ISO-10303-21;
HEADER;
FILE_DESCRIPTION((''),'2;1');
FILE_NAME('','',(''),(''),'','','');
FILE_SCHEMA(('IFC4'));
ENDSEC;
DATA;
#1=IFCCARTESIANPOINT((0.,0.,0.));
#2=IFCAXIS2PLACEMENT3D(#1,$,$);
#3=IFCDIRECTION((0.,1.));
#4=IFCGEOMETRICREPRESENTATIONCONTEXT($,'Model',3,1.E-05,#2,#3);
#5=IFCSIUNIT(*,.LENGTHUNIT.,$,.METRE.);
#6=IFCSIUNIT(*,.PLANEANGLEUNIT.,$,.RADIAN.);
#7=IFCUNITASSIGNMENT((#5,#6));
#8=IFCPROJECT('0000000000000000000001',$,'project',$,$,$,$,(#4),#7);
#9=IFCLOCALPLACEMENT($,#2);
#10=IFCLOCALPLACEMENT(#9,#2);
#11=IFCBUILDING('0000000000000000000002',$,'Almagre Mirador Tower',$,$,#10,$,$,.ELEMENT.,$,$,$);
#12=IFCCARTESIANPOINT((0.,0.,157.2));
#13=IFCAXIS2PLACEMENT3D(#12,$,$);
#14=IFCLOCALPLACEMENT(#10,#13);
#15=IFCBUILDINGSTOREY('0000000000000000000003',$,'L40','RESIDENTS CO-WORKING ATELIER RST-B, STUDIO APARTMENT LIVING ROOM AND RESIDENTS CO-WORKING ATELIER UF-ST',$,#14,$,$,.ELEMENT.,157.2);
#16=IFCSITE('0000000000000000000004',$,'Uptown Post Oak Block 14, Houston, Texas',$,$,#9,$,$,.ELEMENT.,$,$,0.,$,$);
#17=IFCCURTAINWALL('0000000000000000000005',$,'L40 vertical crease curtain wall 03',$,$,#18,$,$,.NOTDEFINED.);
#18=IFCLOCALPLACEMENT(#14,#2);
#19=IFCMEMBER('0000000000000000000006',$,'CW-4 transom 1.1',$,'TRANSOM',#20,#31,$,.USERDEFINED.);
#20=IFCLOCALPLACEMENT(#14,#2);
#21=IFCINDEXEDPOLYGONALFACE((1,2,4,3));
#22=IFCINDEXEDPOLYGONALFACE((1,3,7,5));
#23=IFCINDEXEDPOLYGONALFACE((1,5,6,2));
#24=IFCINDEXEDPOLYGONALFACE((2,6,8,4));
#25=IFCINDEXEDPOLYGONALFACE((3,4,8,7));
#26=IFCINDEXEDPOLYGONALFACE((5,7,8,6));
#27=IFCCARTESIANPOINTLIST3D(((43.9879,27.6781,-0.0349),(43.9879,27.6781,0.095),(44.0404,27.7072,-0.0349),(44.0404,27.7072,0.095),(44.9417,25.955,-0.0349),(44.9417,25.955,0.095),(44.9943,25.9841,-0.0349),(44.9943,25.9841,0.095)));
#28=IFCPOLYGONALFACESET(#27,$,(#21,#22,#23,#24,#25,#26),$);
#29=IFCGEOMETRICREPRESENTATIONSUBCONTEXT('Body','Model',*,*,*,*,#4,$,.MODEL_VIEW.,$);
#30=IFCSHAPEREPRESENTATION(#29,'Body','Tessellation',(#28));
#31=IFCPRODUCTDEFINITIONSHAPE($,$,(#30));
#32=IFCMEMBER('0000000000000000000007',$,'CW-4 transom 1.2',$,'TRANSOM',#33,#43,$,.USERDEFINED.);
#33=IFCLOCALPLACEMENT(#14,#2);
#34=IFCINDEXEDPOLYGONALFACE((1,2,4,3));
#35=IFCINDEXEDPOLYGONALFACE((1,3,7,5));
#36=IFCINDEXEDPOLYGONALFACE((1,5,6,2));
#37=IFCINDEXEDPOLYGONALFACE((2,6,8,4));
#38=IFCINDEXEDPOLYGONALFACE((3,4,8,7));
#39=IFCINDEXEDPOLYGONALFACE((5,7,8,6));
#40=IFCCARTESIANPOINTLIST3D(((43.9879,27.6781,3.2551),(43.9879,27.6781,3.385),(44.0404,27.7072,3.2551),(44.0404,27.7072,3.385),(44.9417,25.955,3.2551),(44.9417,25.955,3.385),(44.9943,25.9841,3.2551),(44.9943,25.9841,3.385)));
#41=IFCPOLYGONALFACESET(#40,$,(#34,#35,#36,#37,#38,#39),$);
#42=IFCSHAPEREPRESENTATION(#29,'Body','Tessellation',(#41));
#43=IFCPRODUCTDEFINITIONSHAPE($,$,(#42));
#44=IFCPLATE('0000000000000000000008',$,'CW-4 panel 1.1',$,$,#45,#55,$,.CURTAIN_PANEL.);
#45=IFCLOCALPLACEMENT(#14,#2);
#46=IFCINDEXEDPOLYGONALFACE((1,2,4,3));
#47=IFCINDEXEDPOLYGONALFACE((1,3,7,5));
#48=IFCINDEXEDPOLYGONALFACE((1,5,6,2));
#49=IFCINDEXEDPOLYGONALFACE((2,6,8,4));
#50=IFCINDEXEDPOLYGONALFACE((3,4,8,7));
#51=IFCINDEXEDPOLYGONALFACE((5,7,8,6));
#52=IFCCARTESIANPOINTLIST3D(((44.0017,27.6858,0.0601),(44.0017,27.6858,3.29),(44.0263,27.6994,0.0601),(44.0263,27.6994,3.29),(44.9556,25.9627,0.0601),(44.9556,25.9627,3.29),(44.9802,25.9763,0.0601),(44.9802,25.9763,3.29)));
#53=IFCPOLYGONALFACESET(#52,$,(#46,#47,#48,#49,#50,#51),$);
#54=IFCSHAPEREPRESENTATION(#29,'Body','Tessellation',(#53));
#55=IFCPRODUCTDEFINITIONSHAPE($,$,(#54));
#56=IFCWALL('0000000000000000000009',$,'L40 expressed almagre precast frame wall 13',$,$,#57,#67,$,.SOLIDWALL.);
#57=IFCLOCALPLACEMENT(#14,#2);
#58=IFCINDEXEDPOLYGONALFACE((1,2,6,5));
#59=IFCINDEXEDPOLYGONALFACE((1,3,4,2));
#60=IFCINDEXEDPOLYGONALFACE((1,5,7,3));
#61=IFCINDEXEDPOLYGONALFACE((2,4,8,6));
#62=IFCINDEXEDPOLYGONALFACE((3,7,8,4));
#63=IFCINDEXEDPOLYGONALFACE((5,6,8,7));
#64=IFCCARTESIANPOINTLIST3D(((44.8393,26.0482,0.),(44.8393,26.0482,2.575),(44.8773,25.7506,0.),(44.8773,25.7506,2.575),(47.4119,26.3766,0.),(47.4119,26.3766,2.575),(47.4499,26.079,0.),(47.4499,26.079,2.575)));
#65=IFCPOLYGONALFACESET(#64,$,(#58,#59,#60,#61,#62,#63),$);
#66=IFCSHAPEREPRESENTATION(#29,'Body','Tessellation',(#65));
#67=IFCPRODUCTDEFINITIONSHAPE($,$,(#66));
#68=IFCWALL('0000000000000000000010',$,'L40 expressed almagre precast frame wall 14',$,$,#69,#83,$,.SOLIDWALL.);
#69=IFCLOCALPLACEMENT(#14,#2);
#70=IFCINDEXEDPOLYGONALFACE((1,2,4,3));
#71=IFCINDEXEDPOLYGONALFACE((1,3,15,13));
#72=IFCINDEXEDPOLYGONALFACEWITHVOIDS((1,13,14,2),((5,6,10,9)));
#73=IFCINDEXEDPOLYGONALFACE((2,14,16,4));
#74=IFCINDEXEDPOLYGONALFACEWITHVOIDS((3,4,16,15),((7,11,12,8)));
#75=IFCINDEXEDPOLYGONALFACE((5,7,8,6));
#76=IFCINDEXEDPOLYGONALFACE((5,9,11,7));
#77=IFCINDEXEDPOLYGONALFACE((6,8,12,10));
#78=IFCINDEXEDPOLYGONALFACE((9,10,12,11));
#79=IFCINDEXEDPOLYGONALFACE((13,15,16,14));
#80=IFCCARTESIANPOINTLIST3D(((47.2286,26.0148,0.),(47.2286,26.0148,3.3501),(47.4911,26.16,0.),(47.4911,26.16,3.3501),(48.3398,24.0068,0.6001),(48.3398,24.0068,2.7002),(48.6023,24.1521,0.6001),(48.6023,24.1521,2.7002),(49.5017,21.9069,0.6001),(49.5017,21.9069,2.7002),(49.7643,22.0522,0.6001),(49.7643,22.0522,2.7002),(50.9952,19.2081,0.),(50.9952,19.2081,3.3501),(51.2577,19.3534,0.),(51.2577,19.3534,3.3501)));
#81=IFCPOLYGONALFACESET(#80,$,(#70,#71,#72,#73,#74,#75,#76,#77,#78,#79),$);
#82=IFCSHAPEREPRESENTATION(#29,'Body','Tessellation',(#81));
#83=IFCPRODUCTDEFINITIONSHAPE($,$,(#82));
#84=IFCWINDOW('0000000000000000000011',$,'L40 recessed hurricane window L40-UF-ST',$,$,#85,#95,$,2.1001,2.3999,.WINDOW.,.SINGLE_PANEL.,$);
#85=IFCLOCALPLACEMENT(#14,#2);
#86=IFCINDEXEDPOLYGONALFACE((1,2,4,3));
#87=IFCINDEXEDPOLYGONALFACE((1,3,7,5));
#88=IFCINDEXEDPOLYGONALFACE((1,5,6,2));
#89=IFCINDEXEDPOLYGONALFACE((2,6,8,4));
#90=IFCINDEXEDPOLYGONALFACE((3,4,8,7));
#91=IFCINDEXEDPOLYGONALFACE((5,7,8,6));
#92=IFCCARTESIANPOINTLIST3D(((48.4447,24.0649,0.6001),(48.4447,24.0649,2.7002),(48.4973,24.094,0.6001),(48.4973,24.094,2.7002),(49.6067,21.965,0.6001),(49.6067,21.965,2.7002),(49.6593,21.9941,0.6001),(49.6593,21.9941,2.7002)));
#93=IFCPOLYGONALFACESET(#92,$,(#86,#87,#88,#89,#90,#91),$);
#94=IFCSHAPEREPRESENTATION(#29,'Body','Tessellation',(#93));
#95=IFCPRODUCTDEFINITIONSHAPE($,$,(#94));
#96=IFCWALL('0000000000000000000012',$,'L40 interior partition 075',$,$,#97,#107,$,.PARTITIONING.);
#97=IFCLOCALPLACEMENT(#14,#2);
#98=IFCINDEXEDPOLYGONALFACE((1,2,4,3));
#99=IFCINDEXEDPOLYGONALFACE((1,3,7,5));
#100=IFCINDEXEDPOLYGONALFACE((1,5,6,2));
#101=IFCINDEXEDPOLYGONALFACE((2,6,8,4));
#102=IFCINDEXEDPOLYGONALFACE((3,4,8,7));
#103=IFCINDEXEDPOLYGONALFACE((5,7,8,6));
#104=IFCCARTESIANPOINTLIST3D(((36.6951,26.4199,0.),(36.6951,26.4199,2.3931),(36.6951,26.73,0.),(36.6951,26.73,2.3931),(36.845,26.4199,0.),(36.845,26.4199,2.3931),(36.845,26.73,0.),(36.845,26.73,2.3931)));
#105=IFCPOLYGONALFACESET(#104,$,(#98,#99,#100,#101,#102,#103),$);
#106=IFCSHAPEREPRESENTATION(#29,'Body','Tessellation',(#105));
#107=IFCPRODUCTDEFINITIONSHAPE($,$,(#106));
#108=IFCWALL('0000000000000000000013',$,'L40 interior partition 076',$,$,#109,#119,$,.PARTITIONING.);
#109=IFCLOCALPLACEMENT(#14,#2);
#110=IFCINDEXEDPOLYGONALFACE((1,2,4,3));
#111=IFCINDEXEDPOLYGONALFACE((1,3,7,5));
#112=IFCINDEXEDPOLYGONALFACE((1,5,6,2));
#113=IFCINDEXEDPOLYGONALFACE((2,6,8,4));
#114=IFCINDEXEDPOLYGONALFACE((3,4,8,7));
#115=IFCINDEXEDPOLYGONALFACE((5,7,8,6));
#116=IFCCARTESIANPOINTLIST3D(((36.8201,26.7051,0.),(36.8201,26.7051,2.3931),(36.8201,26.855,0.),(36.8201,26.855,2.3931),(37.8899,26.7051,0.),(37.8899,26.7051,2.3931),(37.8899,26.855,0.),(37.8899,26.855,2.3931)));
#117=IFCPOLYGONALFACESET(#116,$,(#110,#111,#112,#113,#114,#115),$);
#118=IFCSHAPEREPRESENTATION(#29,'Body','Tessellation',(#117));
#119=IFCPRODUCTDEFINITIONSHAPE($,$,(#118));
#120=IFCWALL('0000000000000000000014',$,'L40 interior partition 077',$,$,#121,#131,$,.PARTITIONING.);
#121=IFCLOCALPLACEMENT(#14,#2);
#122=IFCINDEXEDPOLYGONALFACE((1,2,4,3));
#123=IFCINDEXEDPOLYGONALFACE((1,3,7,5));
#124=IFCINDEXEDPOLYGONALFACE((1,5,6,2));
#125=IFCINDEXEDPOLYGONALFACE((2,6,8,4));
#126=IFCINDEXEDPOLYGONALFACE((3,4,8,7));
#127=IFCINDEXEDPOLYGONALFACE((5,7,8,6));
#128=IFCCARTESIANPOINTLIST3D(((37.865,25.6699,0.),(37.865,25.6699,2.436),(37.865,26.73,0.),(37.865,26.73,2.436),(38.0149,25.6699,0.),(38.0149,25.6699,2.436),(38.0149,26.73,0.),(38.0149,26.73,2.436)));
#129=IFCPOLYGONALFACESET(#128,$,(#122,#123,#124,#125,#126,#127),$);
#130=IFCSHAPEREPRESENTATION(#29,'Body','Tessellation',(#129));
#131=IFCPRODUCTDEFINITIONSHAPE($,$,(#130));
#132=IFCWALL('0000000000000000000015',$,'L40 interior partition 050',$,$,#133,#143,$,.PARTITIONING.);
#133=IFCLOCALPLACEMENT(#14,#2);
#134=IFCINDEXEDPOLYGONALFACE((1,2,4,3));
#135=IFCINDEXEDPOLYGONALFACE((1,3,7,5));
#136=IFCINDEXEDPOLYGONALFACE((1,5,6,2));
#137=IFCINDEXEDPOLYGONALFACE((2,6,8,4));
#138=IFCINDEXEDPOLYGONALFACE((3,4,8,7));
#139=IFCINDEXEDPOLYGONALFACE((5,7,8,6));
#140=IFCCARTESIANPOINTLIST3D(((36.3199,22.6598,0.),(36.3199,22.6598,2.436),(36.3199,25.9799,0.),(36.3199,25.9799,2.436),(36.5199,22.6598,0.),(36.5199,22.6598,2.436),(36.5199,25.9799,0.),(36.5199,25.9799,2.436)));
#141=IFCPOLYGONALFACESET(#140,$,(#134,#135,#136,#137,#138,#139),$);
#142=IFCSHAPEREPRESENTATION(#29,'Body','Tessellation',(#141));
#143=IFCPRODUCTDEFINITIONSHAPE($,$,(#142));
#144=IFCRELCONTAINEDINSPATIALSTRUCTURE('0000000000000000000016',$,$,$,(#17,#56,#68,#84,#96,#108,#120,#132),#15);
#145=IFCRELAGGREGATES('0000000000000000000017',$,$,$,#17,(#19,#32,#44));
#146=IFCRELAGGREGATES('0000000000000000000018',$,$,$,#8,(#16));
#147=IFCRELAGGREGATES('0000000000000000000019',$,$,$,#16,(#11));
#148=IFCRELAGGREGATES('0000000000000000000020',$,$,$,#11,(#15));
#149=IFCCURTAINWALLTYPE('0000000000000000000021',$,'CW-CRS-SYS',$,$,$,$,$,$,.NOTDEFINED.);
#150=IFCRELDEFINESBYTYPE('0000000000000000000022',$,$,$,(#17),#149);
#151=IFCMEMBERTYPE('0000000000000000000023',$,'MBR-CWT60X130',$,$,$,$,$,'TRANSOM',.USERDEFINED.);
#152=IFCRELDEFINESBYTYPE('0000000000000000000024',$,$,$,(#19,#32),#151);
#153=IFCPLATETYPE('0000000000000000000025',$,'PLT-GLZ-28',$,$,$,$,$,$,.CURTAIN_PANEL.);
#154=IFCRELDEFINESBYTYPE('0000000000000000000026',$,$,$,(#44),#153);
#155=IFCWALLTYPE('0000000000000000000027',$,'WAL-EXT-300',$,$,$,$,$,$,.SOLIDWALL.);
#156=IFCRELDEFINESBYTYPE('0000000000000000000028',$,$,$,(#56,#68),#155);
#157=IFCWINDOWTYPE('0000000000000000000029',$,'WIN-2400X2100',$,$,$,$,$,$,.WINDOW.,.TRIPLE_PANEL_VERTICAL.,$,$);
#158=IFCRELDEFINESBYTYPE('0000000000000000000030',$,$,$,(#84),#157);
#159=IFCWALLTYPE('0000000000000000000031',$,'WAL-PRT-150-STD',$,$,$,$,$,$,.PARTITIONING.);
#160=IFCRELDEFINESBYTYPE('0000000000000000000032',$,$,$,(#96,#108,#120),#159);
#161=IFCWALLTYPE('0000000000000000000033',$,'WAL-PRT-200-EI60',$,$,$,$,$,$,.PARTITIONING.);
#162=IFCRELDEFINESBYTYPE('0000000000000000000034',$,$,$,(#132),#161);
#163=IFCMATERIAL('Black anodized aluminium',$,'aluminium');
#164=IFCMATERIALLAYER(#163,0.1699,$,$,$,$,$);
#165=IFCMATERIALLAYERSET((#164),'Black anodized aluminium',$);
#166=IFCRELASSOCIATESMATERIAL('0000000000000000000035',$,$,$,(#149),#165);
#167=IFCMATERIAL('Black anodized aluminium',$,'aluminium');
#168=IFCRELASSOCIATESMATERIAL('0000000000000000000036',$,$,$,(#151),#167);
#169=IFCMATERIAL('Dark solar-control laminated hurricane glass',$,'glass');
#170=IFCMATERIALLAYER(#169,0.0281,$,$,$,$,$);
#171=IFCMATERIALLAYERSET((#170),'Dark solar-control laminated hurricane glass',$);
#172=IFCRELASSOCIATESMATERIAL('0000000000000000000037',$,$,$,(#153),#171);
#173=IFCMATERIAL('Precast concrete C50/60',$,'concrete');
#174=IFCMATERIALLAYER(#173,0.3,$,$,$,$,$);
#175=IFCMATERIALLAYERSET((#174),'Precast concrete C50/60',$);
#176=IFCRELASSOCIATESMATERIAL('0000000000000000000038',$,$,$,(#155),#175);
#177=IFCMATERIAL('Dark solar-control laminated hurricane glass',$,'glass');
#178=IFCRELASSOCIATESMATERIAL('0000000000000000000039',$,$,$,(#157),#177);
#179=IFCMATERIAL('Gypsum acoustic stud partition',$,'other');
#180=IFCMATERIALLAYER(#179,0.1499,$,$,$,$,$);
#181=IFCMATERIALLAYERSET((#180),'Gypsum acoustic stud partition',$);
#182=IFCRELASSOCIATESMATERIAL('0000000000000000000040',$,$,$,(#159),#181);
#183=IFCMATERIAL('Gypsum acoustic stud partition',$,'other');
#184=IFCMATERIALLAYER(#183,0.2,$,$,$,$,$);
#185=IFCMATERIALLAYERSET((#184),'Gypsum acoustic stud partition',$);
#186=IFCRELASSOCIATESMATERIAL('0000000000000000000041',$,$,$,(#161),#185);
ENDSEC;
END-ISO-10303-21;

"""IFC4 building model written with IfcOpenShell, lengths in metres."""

from ifc_helpers import new_model, si_unit, direction, frame, frame_2d, origin, origin_2d, place, context, subcontext, project, spatial, rectangle, extrude, material, layer, layer_set, material_profile, profile_set, type_object, element, fill, aggregate, save


model = new_model("IFC4")

# Units and contexts
model_context = context("Model", 3, precision=1e-05, world=origin(), true_north=direction((0.0, 1.0)))
body_context = subcontext(model_context, "Body", "Model", "MODEL_VIEW")
ifc_project = project(units=[si_unit("LENGTHUNIT", "METRE"), si_unit("PLANEANGLEUNIT", "RADIAN")], contexts=[model_context])

# Site, building, storey
site_placement = place(None, origin())
site = spatial("IfcSite", under=ifc_project, at=site_placement, Name="Uptown Post Oak Block 14, Houston, Texas", CompositionType="ELEMENT", RefElevation=0.0)
building_placement = place(site_placement, origin())
building = spatial("IfcBuilding", under=site, at=building_placement, Name="Almagre Mirador Tower", CompositionType="ELEMENT")
storey_placement = place(building_placement, frame((0.0, 0.0, 157.2)))
storey = spatial("IfcBuildingStorey", under=building, at=storey_placement, Name="L40", Description="RESIDENTS CO-WORKING ATELIER RST-B, STUDIO APARTMENT LIVING ROOM AND RESIDENTS CO-WORKING ATELIER UF-ST", CompositionType="ELEMENT", Elevation=157.2)

# Curtain wall, members, plate
ifc_material_1 = material(Name="Black anodized aluminium", Category="aluminium")
ifc_layer_1 = layer(ifc_material_1, 0.1699)
ifc_layer_set_1 = layer_set([ifc_layer_1], Name="Black anodized aluminium")
curtain_wall_type = type_object("IfcCurtainWallType", Name="CW-CRS-SYS", PredefinedType="NOTDEFINED", material=ifc_layer_set_1)
curtain_wall_placement = place(storey_placement, origin())
curtain_wall = element("IfcCurtainWall", 1, at=curtain_wall_placement, inside=storey, type_object=curtain_wall_type, Name="L40 vertical crease curtain wall 03", PredefinedType="NOTDEFINED")
ifc_material_2 = material(Name="Black anodized aluminium", Category="aluminium")
ifc_material_profile_1 = material_profile(ifc_material_2, rectangle(XDim=0.0601, YDim=0.1299, at=origin_2d()), Name="CWT60X130")
ifc_profile_set_1 = profile_set([ifc_material_profile_1], Name="Black anodized aluminium")
member_type_1 = type_object("IfcMemberType", Name="MBR-CWT60X130", ElementType="TRANSOM", PredefinedType="USERDEFINED", material=ifc_profile_set_1)
member_1_placement = place(storey_placement, frame((44.0142, 27.6926, 0.03), z_axis=(0.484306, -0.874899, 0.0), x_axis=(0.874899, 0.484306, 0.0)))
member_1 = element("IfcMember", 2, at=member_1_placement, type_object=member_type_1, Name="CW-4 transom 1.1", ObjectType="TRANSOM", PredefinedType="USERDEFINED", context=body_context, shape_type="SweptSolid", body=[
    extrude(rectangle(XDim=0.0601, YDim=0.1299, at=origin_2d()), origin(), (0.0, 0.0, 1.0), 1.9695),
])
member_2_placement = place(storey_placement, frame((44.0142, 27.6926, 3.3201), z_axis=(0.484306, -0.874899, 0.0), x_axis=(0.874899, 0.484306, 0.0)))
member_2 = element("IfcMember", 3, at=member_2_placement, type_object=member_type_1, Name="CW-4 transom 1.2", ObjectType="TRANSOM", PredefinedType="USERDEFINED", context=body_context, shape_type="SweptSolid", body=[
    extrude(rectangle(XDim=0.0601, YDim=0.1299, at=origin_2d()), origin(), (0.0, 0.0, 1.0), 1.9695),
])
ifc_material_3 = material(Name="Dark solar-control laminated hurricane glass", Category="glass")
ifc_layer_2 = layer(ifc_material_3, 0.0281)
ifc_layer_set_2 = layer_set([ifc_layer_2], Name="Dark solar-control laminated hurricane glass")
plate_type = type_object("IfcPlateType", Name="PLT-GLZ-28", PredefinedType="CURTAIN_PANEL", material=ifc_layer_set_2)
plate_placement = place(storey_placement, frame((44.491, 26.8311, 0.0601), z_axis=(0.0, 0.0, 1.0), x_axis=(0.484342, -0.874879, 0.0)))
plate = element("IfcPlate", 4, at=plate_placement, type_object=plate_type, Name="CW-4 panel 1.1", PredefinedType="CURTAIN_PANEL", context=body_context, shape_type="SweptSolid", body=[
    extrude(rectangle(XDim=1.9695, YDim=0.0281, at=origin_2d()), origin(), (0.0, 0.0, 1.0), 3.23),
])
aggregate(curtain_wall, [member_1, member_2, plate])

# Wall
ifc_material_4 = material(Name="Precast concrete C50/60", Category="concrete")
ifc_layer_3 = layer(ifc_material_4, 0.3)
ifc_layer_set_3 = layer_set([ifc_layer_3], Name="Precast concrete C50/60")
wall_type_1 = type_object("IfcWallType", Name="WAL-EXT-300", PredefinedType="SOLIDWALL", material=ifc_layer_set_3)
wall_1_placement = place(storey_placement, frame((44.8582, 25.8994, 0.0), z_axis=(0.0, 0.0, 1.0), x_axis=(0.991953, 0.126606, 0.0)))
element("IfcWall", 5, at=wall_1_placement, inside=storey, type_object=wall_type_1, Name="L40 expressed almagre precast frame wall 13", PredefinedType="SOLIDWALL", context=body_context, shape_type="SweptSolid", body=[
    extrude(rectangle(XDim=2.5935, YDim=0.3, at=frame_2d((1.2969, 0.0))), origin(), (0.0, 0.0, 1.0), 2.575),
])

# Wall, opening, window
wall_2_placement = place(storey_placement, frame((47.3599, 26.0874, 0.0), z_axis=(0.0, 0.0, 1.0), x_axis=(0.484182, -0.874967, 0.0)))
wall_2 = element("IfcWall", 6, at=wall_2_placement, inside=storey, type_object=wall_type_1, Name="L40 expressed almagre precast frame wall 14", PredefinedType="SOLIDWALL", context=body_context, shape_type="SweptSolid", body=[
    extrude(rectangle(XDim=7.7793, YDim=0.3, at=frame_2d((3.8896, 0.0))), origin(), (0.0, 0.0, 1.0), 3.3501),
])
opening_placement = place(wall_2_placement, frame((2.2949, 0.0, 0.6001)))
opening = element("IfcOpeningElement", 7, at=opening_placement, cuts=wall_2, PredefinedType="OPENING", context=body_context, shape_type="SweptSolid", body=[
    extrude(rectangle(XDim=2.3999, YDim=2.1001, at=frame_2d((1.2, 1.05))), frame((0.0, 0.1599, 0.0), z_axis=(0.0, -1.0, 0.0), x_axis=(1.0, 0.0, 0.0)), (0.0, 0.0, 1.0), 0.32),
])
ifc_material_5 = material(Name="Dark solar-control laminated hurricane glass", Category="glass")
window_type = type_object("IfcWindowType", Name="WIN-2400X2100", PartitioningType="TRIPLE_PANEL_VERTICAL", PredefinedType="WINDOW", material=ifc_material_5)
window_placement = place(opening_placement, origin())
window = element("IfcWindow", 8, at=window_placement, inside=storey, type_object=window_type, Name="L40 recessed hurricane window L40-UF-ST", OverallHeight=2.1001, OverallWidth=2.3999, PartitioningType="SINGLE_PANEL", PredefinedType="WINDOW", context=body_context, shape_type="SweptSolid", body=[
    extrude(rectangle(XDim=2.3999, YDim=2.1001, at=frame_2d((1.2, 1.05))), frame((0.0, 0.03, 0.0), z_axis=(0.0, -1.0, 0.0), x_axis=(1.0, 0.0, 0.0)), (0.0, 0.0, 1.0), 0.0601),
])
fill(opening, window)

# Walls
ifc_material_6 = material(Name="Gypsum acoustic stud partition", Category="other")
ifc_layer_4 = layer(ifc_material_6, 0.1499)
ifc_layer_set_4 = layer_set([ifc_layer_4], Name="Gypsum acoustic stud partition")
wall_type_2 = type_object("IfcWallType", Name="WAL-PRT-150-STD", PredefinedType="PARTITIONING", material=ifc_layer_set_4)
wall_3_placement = place(storey_placement, frame((36.77, 26.4199, 0.0), z_axis=(0.0, 0.0, 1.0), x_axis=(0.0, 1.0, 0.0)))
element("IfcWall", 9, at=wall_3_placement, inside=storey, type_object=wall_type_2, Name="L40 interior partition 075", PredefinedType="PARTITIONING", context=body_context, shape_type="SweptSolid", body=[
    extrude(rectangle(XDim=0.3101, YDim=0.1499, at=frame_2d((0.155, 0.0))), origin(), (0.0, 0.0, 1.0), 2.3931),
])
wall_4_placement = place(storey_placement, frame((36.8201, 26.78, 0.0), z_axis=(0.0, 0.0, 1.0), x_axis=(1.0, 0.0, 0.0)))
element("IfcWall", 10, at=wall_4_placement, inside=storey, type_object=wall_type_2, Name="L40 interior partition 076", PredefinedType="PARTITIONING", context=body_context, shape_type="SweptSolid", body=[
    extrude(rectangle(XDim=1.0698, YDim=0.1499, at=frame_2d((0.5349, 0.0))), origin(), (0.0, 0.0, 1.0), 2.3931),
])
wall_5_placement = place(storey_placement, frame((37.9399, 26.73, 0.0), z_axis=(0.0, 0.0, 1.0), x_axis=(0.0, -1.0, 0.0)))
element("IfcWall", 11, at=wall_5_placement, inside=storey, type_object=wall_type_2, Name="L40 interior partition 077", PredefinedType="PARTITIONING", context=body_context, shape_type="SweptSolid", body=[
    extrude(rectangle(XDim=1.0601, YDim=0.1499, at=frame_2d((0.53, 0.0))), origin(), (0.0, 0.0, 1.0), 2.436),
])
ifc_material_7 = material(Name="Gypsum acoustic stud partition", Category="other")
ifc_layer_5 = layer(ifc_material_7, 0.2)
ifc_layer_set_5 = layer_set([ifc_layer_5], Name="Gypsum acoustic stud partition")
wall_type_3 = type_object("IfcWallType", Name="WAL-PRT-200-EI60", PredefinedType="PARTITIONING", material=ifc_layer_set_5)
wall_6_placement = place(storey_placement, frame((36.4199, 25.98, 0.0), z_axis=(0.0, 0.0, 1.0), x_axis=(0.0, -1.0, 0.0)))
element("IfcWall", 12, at=wall_6_placement, inside=storey, type_object=wall_type_3, Name="L40 interior partition 050", PredefinedType="PARTITIONING", context=body_context, shape_type="SweptSolid", body=[
    extrude(rectangle(XDim=3.3201, YDim=0.2, at=frame_2d((1.6602, 0.0))), origin(), (0.0, 0.0, 1.0), 2.436),
])

save(model, "model.ifc")
